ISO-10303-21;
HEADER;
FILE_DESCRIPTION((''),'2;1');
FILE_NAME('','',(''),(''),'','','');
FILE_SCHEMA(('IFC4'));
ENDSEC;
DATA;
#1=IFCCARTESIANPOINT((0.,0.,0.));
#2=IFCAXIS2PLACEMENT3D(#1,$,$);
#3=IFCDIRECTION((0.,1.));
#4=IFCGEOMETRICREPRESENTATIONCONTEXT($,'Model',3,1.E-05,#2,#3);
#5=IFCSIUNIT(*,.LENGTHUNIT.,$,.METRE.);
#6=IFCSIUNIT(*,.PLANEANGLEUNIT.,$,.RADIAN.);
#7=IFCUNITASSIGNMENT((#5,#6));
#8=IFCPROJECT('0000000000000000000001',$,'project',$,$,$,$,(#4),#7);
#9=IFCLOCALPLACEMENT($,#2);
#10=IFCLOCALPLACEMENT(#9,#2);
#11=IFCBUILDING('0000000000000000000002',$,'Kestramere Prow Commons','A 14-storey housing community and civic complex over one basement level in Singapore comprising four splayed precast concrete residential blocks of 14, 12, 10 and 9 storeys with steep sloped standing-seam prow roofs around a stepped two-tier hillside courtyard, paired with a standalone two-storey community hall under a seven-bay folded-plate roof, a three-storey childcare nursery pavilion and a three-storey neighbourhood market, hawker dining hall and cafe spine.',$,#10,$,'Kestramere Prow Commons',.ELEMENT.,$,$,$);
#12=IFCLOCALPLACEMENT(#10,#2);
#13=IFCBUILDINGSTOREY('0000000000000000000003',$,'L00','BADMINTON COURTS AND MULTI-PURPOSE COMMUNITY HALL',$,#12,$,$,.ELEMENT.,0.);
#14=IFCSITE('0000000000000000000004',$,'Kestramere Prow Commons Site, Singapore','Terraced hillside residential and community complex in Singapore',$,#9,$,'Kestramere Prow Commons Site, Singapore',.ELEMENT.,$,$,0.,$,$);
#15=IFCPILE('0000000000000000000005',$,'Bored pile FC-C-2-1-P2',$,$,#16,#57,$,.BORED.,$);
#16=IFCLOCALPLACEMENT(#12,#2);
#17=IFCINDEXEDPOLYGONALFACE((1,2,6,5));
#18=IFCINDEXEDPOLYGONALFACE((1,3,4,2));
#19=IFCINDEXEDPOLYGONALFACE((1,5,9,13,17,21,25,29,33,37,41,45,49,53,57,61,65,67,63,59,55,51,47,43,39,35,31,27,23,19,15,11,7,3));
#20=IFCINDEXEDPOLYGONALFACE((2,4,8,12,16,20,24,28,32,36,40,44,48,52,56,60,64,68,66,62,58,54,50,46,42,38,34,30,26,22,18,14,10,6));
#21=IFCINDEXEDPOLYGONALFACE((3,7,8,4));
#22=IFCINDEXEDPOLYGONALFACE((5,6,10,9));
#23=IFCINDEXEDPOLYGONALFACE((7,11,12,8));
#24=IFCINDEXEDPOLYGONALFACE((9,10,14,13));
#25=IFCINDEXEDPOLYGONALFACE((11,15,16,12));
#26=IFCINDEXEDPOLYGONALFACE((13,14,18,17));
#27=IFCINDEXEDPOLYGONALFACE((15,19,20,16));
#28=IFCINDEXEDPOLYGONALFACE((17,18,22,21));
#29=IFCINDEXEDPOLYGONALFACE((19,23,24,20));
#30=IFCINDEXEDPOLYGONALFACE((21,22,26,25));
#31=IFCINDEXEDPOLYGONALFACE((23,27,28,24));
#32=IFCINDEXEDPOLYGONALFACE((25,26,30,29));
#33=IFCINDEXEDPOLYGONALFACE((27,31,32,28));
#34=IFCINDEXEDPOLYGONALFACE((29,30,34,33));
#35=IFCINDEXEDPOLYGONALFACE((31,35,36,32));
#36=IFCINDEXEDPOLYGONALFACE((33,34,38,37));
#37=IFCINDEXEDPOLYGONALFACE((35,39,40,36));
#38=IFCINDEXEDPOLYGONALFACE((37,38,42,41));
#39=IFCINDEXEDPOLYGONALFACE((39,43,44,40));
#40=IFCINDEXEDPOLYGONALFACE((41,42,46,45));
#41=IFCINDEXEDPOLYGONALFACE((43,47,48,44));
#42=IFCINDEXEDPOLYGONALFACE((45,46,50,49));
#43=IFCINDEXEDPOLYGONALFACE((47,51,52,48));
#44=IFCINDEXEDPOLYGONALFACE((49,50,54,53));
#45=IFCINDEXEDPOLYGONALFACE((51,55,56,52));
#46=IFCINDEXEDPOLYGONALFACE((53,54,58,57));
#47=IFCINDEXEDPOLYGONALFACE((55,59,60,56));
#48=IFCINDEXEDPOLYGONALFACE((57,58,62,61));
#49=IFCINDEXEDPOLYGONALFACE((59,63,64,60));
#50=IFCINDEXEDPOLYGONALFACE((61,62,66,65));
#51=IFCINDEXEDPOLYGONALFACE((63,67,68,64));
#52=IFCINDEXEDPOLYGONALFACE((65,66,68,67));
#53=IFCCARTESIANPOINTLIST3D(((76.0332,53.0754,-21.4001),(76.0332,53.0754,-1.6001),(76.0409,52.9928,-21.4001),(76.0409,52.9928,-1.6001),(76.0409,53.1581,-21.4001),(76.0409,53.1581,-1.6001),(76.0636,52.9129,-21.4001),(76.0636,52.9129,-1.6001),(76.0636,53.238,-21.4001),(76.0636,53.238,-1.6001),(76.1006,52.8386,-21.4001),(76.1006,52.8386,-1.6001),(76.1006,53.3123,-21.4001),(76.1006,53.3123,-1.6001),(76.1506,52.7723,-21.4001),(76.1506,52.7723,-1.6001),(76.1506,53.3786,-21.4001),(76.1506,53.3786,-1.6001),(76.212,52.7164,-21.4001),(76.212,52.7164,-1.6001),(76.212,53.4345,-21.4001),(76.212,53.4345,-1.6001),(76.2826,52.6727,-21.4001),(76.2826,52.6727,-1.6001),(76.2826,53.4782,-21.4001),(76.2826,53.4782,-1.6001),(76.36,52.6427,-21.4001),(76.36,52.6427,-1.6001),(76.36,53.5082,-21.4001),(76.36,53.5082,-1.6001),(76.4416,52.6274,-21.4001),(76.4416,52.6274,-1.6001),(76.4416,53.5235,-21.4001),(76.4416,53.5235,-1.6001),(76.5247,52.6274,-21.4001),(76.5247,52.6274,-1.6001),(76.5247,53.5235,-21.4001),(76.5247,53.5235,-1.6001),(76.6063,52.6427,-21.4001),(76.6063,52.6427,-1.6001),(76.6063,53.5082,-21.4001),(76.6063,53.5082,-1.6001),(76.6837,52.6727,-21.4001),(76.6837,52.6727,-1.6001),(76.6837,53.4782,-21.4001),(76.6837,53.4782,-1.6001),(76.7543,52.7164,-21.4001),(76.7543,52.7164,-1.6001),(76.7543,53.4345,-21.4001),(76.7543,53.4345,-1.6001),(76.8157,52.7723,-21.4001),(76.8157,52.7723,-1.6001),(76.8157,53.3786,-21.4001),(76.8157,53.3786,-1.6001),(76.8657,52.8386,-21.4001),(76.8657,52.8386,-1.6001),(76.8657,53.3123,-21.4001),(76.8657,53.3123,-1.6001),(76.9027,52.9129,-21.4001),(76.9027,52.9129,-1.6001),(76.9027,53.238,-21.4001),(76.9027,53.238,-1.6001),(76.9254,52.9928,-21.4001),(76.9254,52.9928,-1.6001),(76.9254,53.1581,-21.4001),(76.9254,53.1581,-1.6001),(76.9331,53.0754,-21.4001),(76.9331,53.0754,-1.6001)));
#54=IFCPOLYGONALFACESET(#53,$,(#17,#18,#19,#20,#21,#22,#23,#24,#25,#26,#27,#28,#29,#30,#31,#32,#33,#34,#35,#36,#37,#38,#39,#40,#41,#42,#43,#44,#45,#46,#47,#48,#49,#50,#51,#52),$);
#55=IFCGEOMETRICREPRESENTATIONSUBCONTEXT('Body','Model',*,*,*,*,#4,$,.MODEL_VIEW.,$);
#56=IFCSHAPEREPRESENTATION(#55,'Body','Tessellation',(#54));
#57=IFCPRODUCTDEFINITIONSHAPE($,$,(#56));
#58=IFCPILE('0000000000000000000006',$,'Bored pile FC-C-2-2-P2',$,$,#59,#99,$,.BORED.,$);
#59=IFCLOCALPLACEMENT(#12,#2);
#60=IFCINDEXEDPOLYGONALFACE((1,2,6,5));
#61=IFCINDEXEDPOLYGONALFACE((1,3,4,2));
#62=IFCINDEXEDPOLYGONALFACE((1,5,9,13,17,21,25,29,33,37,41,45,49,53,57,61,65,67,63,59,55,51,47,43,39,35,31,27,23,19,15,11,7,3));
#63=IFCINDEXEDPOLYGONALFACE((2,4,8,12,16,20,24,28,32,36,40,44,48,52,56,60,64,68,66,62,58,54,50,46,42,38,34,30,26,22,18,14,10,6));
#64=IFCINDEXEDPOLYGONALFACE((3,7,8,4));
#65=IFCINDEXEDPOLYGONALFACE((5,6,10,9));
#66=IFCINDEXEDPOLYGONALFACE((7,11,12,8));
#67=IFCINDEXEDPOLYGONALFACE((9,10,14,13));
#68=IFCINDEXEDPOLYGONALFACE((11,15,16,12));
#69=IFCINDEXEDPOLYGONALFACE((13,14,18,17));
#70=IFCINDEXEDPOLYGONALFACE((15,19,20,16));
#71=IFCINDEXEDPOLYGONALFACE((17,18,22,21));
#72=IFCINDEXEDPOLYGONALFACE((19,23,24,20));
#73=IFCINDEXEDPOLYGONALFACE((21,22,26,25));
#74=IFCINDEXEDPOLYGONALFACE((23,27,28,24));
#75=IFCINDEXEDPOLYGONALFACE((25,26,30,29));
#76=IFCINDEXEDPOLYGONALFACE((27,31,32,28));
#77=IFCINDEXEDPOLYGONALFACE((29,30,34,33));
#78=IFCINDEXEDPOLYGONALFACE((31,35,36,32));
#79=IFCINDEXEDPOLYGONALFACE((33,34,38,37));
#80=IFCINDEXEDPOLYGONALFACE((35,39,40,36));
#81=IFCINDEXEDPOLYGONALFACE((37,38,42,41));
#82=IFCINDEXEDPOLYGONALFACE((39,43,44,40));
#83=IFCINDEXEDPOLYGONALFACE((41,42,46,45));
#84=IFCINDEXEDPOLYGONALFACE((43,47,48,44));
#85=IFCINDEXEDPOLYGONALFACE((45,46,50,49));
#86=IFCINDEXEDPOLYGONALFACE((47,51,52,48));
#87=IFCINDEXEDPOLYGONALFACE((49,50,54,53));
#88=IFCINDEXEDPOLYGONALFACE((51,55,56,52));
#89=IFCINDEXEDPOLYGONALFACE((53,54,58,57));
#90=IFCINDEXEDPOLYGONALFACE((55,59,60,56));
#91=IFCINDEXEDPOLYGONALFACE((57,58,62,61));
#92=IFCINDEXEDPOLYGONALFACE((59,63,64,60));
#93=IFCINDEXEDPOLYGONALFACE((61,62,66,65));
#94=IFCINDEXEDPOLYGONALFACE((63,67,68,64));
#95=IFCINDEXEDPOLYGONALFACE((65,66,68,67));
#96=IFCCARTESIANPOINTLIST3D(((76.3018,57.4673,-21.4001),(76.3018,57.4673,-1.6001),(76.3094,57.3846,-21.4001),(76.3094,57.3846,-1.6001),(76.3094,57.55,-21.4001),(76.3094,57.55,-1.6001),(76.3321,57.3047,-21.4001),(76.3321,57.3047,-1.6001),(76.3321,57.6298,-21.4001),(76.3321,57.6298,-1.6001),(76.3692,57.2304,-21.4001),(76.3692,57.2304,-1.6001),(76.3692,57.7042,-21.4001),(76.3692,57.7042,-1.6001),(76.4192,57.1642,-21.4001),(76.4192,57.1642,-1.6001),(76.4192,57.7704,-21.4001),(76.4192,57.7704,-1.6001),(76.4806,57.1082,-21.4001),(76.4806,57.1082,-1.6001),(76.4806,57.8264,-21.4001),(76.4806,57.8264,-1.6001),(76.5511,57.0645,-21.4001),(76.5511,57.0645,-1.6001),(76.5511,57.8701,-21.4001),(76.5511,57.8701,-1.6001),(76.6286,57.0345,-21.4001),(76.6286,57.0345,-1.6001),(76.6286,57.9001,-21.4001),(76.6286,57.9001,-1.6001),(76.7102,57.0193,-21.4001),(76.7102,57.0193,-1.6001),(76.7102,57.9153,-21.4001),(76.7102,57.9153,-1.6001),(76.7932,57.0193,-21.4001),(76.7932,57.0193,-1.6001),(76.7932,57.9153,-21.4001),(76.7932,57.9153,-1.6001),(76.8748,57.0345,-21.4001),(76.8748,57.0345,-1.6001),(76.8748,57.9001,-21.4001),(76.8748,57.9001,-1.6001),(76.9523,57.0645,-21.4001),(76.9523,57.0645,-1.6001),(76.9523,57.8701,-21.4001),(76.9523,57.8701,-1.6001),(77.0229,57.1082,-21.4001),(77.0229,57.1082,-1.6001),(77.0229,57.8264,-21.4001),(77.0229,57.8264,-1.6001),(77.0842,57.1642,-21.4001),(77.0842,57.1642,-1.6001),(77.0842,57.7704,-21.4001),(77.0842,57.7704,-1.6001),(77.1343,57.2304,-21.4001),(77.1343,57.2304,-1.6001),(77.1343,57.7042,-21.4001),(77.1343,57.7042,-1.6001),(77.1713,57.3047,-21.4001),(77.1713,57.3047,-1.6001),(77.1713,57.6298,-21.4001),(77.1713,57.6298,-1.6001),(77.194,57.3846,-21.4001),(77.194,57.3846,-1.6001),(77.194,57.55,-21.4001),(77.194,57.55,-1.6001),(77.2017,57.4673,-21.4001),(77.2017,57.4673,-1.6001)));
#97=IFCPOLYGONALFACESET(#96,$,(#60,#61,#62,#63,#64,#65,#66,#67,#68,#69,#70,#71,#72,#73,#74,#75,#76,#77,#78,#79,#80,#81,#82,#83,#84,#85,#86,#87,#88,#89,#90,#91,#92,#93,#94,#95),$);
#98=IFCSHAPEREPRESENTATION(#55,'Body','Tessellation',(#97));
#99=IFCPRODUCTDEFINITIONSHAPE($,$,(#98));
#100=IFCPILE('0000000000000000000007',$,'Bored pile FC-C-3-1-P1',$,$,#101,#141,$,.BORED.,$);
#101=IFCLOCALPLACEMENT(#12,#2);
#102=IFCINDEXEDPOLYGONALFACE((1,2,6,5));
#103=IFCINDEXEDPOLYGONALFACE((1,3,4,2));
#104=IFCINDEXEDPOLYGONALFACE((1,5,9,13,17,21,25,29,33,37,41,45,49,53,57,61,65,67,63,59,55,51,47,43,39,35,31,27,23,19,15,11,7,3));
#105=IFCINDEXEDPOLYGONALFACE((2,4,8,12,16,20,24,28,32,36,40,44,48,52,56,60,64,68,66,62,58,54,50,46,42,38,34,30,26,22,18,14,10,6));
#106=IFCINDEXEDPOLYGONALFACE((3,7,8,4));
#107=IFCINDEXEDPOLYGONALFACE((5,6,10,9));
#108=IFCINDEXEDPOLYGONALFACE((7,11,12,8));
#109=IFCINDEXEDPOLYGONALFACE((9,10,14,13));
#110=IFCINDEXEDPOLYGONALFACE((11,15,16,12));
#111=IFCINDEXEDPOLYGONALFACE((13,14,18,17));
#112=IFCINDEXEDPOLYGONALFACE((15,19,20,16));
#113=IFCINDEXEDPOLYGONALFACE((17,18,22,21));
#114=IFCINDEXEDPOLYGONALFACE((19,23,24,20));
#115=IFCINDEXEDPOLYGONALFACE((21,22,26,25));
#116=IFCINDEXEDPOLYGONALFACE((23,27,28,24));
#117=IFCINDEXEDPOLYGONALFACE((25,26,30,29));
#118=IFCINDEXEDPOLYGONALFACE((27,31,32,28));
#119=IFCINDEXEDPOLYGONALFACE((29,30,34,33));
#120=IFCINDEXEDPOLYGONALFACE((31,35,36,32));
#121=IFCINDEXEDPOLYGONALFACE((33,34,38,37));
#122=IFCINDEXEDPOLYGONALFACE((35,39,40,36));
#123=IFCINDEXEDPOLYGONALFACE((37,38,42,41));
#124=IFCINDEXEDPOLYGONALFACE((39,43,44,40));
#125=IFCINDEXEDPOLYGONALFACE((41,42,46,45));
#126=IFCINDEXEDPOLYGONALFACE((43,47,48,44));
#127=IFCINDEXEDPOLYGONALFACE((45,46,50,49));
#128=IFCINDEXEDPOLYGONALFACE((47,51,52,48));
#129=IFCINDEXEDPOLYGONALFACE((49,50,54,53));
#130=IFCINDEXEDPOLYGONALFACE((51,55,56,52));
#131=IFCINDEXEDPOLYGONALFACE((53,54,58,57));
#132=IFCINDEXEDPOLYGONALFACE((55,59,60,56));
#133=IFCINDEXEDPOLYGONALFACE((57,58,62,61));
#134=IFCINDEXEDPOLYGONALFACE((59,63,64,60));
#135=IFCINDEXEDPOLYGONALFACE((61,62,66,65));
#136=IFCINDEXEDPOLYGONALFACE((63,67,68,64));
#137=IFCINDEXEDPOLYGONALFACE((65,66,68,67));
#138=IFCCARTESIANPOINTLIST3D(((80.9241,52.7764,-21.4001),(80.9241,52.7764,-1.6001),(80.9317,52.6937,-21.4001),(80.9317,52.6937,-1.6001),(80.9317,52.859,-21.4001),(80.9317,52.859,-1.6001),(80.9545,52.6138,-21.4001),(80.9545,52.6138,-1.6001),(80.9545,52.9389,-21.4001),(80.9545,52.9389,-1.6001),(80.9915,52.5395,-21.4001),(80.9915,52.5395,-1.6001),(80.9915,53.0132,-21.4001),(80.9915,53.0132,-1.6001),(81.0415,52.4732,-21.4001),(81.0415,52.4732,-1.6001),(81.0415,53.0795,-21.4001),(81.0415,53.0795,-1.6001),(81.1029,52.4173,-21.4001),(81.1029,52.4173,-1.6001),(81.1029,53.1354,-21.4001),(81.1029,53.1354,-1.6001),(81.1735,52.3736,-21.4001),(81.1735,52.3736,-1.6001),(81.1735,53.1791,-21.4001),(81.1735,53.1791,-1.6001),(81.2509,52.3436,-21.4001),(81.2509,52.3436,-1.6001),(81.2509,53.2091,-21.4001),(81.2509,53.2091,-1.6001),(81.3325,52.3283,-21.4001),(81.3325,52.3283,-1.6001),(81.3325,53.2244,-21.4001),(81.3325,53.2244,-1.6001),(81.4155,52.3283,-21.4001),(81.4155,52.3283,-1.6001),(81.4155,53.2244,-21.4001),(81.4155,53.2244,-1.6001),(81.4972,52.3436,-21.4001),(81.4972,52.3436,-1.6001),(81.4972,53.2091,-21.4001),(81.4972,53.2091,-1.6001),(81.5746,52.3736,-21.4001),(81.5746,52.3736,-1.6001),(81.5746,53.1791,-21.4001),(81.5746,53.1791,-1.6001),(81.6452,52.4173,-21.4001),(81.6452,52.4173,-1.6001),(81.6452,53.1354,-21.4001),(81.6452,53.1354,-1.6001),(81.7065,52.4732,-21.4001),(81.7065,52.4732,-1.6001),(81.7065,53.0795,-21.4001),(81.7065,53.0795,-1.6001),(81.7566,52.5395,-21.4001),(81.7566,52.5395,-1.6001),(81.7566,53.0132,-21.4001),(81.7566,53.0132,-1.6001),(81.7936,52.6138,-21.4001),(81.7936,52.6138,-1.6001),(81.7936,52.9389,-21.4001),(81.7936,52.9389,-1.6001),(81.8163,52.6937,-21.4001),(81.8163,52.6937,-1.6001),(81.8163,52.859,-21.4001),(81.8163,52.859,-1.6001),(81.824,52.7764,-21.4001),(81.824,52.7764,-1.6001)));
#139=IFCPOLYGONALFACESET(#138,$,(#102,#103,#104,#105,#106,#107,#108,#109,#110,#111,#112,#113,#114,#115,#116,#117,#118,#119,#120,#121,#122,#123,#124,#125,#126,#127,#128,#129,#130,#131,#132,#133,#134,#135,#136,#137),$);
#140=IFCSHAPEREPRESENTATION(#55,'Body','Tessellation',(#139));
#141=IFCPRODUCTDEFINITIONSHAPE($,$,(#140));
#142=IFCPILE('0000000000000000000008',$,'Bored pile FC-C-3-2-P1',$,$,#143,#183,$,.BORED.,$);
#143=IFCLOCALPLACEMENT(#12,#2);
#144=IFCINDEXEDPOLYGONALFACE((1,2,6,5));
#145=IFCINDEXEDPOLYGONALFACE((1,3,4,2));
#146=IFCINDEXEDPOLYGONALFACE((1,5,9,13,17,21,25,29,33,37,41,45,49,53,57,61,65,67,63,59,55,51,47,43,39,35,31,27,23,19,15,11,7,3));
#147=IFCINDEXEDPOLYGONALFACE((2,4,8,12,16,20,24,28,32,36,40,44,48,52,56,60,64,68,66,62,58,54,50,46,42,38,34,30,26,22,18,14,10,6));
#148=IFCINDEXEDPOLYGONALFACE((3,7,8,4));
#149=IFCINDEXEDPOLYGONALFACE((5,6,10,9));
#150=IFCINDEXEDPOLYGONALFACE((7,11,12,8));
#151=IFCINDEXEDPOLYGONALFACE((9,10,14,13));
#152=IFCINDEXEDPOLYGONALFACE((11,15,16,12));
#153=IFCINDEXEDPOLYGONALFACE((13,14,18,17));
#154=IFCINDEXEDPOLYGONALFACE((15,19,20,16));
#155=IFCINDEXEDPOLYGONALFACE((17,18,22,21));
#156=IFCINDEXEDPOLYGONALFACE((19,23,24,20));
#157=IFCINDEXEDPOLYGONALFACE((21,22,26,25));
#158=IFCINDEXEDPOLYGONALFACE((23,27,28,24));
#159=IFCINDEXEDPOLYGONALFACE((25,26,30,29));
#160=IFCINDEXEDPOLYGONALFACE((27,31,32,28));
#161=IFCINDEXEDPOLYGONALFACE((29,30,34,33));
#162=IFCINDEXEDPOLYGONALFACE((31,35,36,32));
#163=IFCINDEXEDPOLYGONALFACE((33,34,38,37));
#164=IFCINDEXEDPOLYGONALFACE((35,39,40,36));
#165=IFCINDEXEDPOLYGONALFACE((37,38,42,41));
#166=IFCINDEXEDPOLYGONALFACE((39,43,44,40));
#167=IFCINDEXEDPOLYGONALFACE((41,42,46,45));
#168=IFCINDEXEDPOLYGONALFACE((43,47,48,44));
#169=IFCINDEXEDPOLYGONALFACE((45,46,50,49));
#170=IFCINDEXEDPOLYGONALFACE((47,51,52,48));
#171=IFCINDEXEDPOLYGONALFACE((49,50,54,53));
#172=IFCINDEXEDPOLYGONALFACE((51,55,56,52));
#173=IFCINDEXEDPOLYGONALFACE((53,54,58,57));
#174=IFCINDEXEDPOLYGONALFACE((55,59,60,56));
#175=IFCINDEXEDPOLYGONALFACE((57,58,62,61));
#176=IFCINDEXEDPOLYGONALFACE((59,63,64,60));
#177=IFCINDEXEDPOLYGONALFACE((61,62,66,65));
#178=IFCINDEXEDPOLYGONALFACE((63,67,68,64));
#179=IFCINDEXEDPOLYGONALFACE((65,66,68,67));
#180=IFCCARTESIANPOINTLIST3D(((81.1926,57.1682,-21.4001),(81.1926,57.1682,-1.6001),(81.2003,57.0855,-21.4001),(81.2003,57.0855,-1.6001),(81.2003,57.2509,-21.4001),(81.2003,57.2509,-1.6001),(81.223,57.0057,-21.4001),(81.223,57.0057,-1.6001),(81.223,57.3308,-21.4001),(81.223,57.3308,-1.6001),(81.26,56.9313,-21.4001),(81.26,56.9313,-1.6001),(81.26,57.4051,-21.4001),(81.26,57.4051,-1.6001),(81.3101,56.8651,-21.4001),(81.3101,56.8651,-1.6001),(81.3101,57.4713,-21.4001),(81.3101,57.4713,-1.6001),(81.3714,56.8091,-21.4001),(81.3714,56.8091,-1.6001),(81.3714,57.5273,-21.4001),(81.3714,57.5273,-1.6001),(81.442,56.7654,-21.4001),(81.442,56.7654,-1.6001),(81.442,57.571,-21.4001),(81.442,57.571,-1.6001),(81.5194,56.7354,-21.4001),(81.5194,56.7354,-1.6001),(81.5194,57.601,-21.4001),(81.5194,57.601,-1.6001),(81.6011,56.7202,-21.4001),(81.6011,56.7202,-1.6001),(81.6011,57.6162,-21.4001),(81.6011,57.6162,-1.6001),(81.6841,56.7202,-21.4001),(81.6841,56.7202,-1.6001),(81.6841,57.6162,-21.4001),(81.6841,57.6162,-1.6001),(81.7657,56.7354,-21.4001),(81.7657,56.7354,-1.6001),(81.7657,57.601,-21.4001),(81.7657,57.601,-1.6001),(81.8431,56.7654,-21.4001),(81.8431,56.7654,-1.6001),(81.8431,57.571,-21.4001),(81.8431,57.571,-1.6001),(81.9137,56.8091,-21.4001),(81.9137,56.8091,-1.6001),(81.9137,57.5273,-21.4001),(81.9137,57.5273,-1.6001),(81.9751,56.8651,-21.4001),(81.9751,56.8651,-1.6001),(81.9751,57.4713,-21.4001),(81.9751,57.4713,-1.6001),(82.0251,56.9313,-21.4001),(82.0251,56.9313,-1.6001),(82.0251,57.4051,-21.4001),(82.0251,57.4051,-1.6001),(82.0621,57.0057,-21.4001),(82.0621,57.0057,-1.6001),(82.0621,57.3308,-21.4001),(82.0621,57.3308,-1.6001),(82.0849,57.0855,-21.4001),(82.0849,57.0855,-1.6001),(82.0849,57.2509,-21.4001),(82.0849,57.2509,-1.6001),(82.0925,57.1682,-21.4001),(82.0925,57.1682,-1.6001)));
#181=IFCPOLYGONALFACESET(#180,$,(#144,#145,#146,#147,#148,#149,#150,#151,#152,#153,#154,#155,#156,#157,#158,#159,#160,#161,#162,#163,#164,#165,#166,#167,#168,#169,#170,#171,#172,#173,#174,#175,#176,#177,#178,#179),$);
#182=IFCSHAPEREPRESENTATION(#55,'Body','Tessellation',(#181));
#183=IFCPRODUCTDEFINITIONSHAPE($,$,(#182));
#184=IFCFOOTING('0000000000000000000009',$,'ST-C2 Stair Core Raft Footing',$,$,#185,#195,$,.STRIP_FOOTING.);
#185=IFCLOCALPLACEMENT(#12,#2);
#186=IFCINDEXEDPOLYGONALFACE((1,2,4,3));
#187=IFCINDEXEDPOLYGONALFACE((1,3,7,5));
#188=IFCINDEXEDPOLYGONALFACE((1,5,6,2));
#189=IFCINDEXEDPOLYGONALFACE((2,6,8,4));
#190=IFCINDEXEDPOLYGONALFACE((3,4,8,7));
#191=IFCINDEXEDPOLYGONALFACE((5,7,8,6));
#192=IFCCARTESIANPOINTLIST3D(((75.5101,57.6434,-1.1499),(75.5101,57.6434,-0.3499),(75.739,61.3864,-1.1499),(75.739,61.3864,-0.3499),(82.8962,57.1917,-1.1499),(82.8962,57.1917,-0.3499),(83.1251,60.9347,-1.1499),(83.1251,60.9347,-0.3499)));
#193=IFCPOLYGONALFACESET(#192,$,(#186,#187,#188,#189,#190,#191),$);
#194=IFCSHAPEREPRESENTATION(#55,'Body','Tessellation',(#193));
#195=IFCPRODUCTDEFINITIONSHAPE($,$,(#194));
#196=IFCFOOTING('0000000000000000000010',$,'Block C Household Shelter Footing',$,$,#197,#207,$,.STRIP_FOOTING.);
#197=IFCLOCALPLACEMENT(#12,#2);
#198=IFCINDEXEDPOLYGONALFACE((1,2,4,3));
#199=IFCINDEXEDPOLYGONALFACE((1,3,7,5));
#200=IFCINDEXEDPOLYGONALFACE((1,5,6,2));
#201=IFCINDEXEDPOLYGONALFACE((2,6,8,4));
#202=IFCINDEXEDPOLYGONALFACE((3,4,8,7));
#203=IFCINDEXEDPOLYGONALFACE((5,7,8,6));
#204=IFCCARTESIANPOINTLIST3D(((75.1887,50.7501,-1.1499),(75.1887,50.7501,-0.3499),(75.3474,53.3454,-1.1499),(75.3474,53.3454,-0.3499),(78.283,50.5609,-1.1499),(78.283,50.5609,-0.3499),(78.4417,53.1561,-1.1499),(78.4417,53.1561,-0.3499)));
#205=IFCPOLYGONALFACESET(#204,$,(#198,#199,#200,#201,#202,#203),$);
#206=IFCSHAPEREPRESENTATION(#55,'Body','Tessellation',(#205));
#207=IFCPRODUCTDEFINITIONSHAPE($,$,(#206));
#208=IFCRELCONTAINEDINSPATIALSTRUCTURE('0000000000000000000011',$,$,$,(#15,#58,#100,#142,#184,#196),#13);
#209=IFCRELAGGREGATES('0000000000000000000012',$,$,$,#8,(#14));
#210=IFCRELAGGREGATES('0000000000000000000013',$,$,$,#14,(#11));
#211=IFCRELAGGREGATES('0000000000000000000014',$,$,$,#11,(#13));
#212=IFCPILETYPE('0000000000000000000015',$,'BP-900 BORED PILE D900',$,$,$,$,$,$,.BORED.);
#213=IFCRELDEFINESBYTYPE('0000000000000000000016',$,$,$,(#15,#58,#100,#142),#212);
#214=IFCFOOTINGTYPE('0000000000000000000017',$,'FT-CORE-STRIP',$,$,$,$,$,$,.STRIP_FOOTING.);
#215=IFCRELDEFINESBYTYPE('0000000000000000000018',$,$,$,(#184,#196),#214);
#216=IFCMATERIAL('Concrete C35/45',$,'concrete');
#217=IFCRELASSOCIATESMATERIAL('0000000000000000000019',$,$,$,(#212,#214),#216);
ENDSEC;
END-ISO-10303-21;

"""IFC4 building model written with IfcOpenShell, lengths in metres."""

from ifc_helpers import new_model, si_unit, direction, frame, origin, origin_2d, place, context, subcontext, project, spatial, rectangle, circle, extrude, material, material_profile, profile_set, type_object, element, save


model = new_model("IFC4")

# Units and contexts
model_context = context("Model", 3, precision=1e-05, world=origin(), true_north=direction((0.0, 1.0)))
body_context = subcontext(model_context, "Body", "Model", "MODEL_VIEW")
ifc_project = project(units=[si_unit("LENGTHUNIT", "METRE"), si_unit("PLANEANGLEUNIT", "RADIAN")], contexts=[model_context])

# Site, building, storey
site_placement = place(None, origin())
site = spatial("IfcSite", under=ifc_project, at=site_placement, Name="Kestramere Prow Commons Site, Singapore", Description="Terraced hillside residential and community complex in Singapore", LongName="Kestramere Prow Commons Site, Singapore", CompositionType="ELEMENT", RefElevation=0.0)
building_placement = place(site_placement, origin())
building = spatial("IfcBuilding", under=site, at=building_placement, Name="Kestramere Prow Commons", Description="A 14-storey housing community and civic complex over one basement level in Singapore comprising four splayed precast concrete residential blocks of 14, 12, 10 and 9 storeys with steep sloped standing-seam prow roofs around a stepped two-tier hillside courtyard, paired with a standalone two-storey community hall under a seven-bay folded-plate roof, a three-storey childcare nursery pavilion and a three-storey neighbourhood market, hawker dining hall and cafe spine.", LongName="Kestramere Prow Commons", CompositionType="ELEMENT")
storey_placement = place(building_placement, origin())
storey = spatial("IfcBuildingStorey", under=building, at=storey_placement, Name="L00", Description="BADMINTON COURTS AND MULTI-PURPOSE COMMUNITY HALL", CompositionType="ELEMENT", Elevation=0.0)

# Piles
ifc_material_1 = material(Name="Concrete C35/45", Category="concrete")
ifc_material_profile_1 = material_profile(ifc_material_1, circle(Radius=0.45, at=origin_2d()), Name="BORED PILE D900")
ifc_profile_set_1 = profile_set([ifc_material_profile_1], Name="Concrete C35/45")
pile_type = type_object("IfcPileType", Name="BP-900 BORED PILE D900", PredefinedType="BORED", material=ifc_profile_set_1)
for number, where, z_axis, x_axis, name in (
    (1, (76.4832, 53.0754, -1.6001), (0.0, 0.0, -1.0), (1.0, 0.0, 0.0), "Bored pile FC-C-2-1-P2"),
    (2, (76.7517, 57.4673, -1.6001), (0.0, 0.0, -1.0), (1.0, 0.0, 0.0), "Bored pile FC-C-2-2-P2"),
    (3, (81.374, 52.7764, -1.6001), (0.0, 0.0, -1.0), (1.0, 0.0, 0.0), "Bored pile FC-C-3-1-P1"),
    (4, (81.6426, 57.1682, -1.6001), (0.0, 0.0, -1.0), (1.0, 0.0, 0.0), "Bored pile FC-C-3-2-P1"),
):
    element("IfcPile", number, at=place(storey_placement, frame(where, z_axis=z_axis, x_axis=x_axis)), inside=storey, type_object=pile_type, Name=name, PredefinedType="BORED", context=body_context, shape_type="SweptSolid", body=[
        extrude(circle(Radius=0.45, at=origin_2d()), origin(), (0.0, 0.0, 1.0), 19.8),
    ])

# Footings
footing_type_1 = type_object("IfcFootingType", Name="FT-CORE-STRIP", PredefinedType="STRIP_FOOTING", material=ifc_material_1)
footing_1_placement = place(storey_placement, frame((79.3176, 59.2891, -1.1499), z_axis=(0.0, 0.0, 1.0), x_axis=(0.998135, -0.061049, 0.0)))
element("IfcFooting", 5, at=footing_1_placement, inside=storey, type_object=footing_type_1, Name="ST-C2 Stair Core Raft Footing", PredefinedType="STRIP_FOOTING", context=body_context, shape_type="SweptSolid", body=[
    extrude(rectangle(XDim=7.3999, YDim=3.75, at=origin_2d()), origin(), (0.0, 0.0, 1.0), 0.8),
])
footing_2_placement = place(storey_placement, frame((76.8152, 51.9531, -1.1499), z_axis=(0.0, 0.0, 1.0), x_axis=(0.998135, -0.061049, 0.0)))
element("IfcFooting", 6, at=footing_2_placement, inside=storey, type_object=footing_type_1, Name="Block C Household Shelter Footing", PredefinedType="STRIP_FOOTING", context=body_context, shape_type="SweptSolid", body=[
    extrude(rectangle(XDim=3.1001, YDim=2.6001, at=origin_2d()), origin(), (0.0, 0.0, 1.0), 0.8),
])

save(model, "model.ifc")
